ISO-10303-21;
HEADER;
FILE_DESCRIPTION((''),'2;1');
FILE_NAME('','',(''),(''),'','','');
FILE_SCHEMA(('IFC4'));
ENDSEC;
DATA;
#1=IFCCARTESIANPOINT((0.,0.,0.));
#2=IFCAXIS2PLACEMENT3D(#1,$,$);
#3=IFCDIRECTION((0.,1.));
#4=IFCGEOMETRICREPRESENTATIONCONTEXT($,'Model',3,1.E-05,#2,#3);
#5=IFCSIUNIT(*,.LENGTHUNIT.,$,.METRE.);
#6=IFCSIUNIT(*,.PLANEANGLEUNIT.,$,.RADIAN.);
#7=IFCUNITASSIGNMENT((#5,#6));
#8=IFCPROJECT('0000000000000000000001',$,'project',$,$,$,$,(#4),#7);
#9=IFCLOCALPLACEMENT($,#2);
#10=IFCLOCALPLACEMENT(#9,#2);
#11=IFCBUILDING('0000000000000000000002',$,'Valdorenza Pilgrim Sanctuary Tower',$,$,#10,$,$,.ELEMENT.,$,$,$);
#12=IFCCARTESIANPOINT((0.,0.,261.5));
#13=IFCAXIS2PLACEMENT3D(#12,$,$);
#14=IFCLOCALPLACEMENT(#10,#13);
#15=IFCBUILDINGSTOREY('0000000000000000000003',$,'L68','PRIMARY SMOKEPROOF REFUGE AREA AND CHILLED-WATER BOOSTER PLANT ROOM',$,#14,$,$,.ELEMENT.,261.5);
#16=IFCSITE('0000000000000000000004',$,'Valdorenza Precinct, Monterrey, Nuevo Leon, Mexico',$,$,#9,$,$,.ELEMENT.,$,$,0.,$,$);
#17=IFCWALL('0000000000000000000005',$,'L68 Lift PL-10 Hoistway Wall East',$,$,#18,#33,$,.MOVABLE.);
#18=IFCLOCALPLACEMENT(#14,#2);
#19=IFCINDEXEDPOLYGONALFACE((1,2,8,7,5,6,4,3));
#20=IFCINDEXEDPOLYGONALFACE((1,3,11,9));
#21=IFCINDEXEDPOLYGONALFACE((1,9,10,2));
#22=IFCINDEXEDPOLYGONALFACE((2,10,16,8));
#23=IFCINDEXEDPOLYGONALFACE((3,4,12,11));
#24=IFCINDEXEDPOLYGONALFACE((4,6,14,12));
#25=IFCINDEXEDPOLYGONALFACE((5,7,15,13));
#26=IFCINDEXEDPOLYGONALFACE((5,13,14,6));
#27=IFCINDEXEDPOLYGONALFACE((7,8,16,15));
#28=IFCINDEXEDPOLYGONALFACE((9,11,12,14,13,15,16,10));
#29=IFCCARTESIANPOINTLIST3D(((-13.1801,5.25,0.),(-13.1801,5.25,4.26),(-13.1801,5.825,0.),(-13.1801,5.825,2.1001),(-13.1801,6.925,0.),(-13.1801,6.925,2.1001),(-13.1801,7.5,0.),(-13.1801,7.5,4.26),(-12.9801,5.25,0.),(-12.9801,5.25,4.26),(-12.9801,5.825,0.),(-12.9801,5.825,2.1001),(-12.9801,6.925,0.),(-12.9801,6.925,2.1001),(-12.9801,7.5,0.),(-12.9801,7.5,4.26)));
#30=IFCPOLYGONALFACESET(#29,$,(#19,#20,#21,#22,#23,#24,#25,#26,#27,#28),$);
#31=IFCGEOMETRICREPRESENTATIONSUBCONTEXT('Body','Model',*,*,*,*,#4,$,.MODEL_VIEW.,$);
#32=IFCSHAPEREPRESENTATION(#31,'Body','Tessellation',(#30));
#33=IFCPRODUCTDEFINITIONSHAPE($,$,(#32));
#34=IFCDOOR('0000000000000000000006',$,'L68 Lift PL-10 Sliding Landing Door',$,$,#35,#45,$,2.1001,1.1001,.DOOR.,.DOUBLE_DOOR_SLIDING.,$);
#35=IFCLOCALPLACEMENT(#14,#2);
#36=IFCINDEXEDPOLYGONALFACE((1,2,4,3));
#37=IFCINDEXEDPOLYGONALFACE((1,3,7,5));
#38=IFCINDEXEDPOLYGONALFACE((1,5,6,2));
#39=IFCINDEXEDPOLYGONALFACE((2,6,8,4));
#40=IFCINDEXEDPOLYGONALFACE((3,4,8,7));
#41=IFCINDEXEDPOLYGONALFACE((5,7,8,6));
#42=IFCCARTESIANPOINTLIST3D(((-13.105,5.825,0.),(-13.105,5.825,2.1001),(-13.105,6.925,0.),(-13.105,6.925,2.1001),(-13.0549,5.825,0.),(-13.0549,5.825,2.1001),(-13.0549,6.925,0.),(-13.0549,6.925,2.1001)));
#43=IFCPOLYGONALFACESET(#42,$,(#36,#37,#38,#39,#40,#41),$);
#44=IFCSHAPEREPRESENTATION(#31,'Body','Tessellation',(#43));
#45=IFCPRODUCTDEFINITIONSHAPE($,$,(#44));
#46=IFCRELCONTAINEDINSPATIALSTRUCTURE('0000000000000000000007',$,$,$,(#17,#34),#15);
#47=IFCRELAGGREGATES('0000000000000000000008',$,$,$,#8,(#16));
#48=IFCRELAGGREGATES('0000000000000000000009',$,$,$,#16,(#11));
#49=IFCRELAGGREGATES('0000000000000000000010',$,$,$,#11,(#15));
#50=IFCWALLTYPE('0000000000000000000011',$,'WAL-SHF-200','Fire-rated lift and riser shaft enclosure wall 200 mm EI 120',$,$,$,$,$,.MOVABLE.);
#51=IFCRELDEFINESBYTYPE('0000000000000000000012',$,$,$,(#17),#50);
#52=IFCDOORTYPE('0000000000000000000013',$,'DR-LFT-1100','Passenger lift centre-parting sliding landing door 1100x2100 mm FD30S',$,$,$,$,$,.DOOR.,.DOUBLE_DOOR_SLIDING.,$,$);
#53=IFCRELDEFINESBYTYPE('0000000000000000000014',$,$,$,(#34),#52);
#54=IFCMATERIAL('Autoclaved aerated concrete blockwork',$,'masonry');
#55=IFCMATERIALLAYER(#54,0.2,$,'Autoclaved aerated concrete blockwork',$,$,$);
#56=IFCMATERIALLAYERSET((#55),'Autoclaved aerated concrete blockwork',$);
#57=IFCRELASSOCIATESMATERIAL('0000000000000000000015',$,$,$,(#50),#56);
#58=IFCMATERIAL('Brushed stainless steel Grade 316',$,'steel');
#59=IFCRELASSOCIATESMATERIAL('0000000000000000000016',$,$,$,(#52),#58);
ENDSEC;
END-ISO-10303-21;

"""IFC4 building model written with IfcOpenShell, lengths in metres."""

from ifc_helpers import new_model, si_unit, direction, frame, frame_2d, origin, place, context, subcontext, project, spatial, rectangle, extrude, material, layer, layer_set, type_object, element, fill, save


model = new_model("IFC4")

# Units and contexts
model_context = context("Model", 3, precision=1e-05, world=origin(), true_north=direction((0.0, 1.0)))
body_context = subcontext(model_context, "Body", "Model", "MODEL_VIEW")
ifc_project = project(units=[si_unit("LENGTHUNIT", "METRE"), si_unit("PLANEANGLEUNIT", "RADIAN")], contexts=[model_context])

# Site, building, storey
site_placement = place(None, origin())
site = spatial("IfcSite", under=ifc_project, at=site_placement, Name="Valdorenza Precinct, Monterrey, Nuevo Leon, Mexico", CompositionType="ELEMENT", RefElevation=0.0)
building_placement = place(site_placement, origin())
building = spatial("IfcBuilding", under=site, at=building_placement, Name="Valdorenza Pilgrim Sanctuary Tower", CompositionType="ELEMENT")
storey_placement = place(building_placement, frame((0.0, 0.0, 261.5)))
storey = spatial("IfcBuildingStorey", under=building, at=storey_placement, Name="L68", Description="PRIMARY SMOKEPROOF REFUGE AREA AND CHILLED-WATER BOOSTER PLANT ROOM", CompositionType="ELEMENT", Elevation=261.5)

# Wall, opening, door
ifc_material_1 = material(Name="Autoclaved aerated concrete blockwork", Category="masonry")
ifc_layer_1 = layer(ifc_material_1, 0.2, Name="Autoclaved aerated concrete blockwork")
ifc_layer_set_1 = layer_set([ifc_layer_1], Name="Autoclaved aerated concrete blockwork")
wall_type_1 = type_object("IfcWallType", Name="WAL-SHF-200", Description="Fire-rated lift and riser shaft enclosure wall 200 mm EI 120", PredefinedType="MOVABLE", material=ifc_layer_set_1)
ifc_material_2 = material(Name="Brushed stainless steel Grade 316", Category="steel")
door_type = type_object("IfcDoorType", Name="DR-LFT-1100", Description="Passenger lift centre-parting sliding landing door 1100x2100 mm FD30S", OperationType="DOUBLE_DOOR_SLIDING", PredefinedType="DOOR", material=ifc_material_2)
wall_1_placement = place(storey_placement, frame((-13.0801, 5.25, 0.0), z_axis=(0.0, 0.0, 1.0), x_axis=(0.0, 1.0, 0.0)))
wall_1 = element("IfcWall", 1, at=wall_1_placement, inside=storey, type_object=wall_type_1, Name="L68 Lift PL-10 Hoistway Wall East", PredefinedType="MOVABLE", context=body_context, shape_type="SweptSolid", body=[
    extrude(rectangle(XDim=2.25, YDim=0.2, at=frame_2d((1.125, 0.0))), origin(), (0.0, 0.0, 1.0), 4.26),
])
opening_1_placement = place(wall_1_placement, frame((0.575, 0.0, 0.0)))
opening_1 = element("IfcOpeningElement", 2, at=opening_1_placement, cuts=wall_1, PredefinedType="OPENING", context=body_context, shape_type="SweptSolid", body=[
    extrude(rectangle(XDim=1.1001, YDim=2.1001, at=frame_2d((0.55, 1.05))), frame((0.0, 0.1147, 0.0), z_axis=(0.0, -1.0, 0.0), x_axis=(1.0, 0.0, 0.0)), (0.0, 0.0, 1.0), 0.2297),
])
door_1_placement = place(opening_1_placement, origin())
door_1 = element("IfcDoor", 3, at=door_1_placement, inside=storey, type_object=door_type, Name="L68 Lift PL-10 Sliding Landing Door", OperationType="DOUBLE_DOOR_SLIDING", OverallHeight=2.1001, OverallWidth=1.1001, PredefinedType="DOOR", context=body_context, shape_type="SweptSolid", body=[
    extrude(rectangle(XDim=1.1001, YDim=2.1001, at=frame_2d((0.55, 1.05))), frame((0.0, 0.0249, 0.0), z_axis=(0.0, -1.0, 0.0), x_axis=(1.0, 0.0, 0.0)), (0.0, 0.0, 1.0), 0.05),
])
fill(opening_1, door_1)

save(model, "model.ifc")
